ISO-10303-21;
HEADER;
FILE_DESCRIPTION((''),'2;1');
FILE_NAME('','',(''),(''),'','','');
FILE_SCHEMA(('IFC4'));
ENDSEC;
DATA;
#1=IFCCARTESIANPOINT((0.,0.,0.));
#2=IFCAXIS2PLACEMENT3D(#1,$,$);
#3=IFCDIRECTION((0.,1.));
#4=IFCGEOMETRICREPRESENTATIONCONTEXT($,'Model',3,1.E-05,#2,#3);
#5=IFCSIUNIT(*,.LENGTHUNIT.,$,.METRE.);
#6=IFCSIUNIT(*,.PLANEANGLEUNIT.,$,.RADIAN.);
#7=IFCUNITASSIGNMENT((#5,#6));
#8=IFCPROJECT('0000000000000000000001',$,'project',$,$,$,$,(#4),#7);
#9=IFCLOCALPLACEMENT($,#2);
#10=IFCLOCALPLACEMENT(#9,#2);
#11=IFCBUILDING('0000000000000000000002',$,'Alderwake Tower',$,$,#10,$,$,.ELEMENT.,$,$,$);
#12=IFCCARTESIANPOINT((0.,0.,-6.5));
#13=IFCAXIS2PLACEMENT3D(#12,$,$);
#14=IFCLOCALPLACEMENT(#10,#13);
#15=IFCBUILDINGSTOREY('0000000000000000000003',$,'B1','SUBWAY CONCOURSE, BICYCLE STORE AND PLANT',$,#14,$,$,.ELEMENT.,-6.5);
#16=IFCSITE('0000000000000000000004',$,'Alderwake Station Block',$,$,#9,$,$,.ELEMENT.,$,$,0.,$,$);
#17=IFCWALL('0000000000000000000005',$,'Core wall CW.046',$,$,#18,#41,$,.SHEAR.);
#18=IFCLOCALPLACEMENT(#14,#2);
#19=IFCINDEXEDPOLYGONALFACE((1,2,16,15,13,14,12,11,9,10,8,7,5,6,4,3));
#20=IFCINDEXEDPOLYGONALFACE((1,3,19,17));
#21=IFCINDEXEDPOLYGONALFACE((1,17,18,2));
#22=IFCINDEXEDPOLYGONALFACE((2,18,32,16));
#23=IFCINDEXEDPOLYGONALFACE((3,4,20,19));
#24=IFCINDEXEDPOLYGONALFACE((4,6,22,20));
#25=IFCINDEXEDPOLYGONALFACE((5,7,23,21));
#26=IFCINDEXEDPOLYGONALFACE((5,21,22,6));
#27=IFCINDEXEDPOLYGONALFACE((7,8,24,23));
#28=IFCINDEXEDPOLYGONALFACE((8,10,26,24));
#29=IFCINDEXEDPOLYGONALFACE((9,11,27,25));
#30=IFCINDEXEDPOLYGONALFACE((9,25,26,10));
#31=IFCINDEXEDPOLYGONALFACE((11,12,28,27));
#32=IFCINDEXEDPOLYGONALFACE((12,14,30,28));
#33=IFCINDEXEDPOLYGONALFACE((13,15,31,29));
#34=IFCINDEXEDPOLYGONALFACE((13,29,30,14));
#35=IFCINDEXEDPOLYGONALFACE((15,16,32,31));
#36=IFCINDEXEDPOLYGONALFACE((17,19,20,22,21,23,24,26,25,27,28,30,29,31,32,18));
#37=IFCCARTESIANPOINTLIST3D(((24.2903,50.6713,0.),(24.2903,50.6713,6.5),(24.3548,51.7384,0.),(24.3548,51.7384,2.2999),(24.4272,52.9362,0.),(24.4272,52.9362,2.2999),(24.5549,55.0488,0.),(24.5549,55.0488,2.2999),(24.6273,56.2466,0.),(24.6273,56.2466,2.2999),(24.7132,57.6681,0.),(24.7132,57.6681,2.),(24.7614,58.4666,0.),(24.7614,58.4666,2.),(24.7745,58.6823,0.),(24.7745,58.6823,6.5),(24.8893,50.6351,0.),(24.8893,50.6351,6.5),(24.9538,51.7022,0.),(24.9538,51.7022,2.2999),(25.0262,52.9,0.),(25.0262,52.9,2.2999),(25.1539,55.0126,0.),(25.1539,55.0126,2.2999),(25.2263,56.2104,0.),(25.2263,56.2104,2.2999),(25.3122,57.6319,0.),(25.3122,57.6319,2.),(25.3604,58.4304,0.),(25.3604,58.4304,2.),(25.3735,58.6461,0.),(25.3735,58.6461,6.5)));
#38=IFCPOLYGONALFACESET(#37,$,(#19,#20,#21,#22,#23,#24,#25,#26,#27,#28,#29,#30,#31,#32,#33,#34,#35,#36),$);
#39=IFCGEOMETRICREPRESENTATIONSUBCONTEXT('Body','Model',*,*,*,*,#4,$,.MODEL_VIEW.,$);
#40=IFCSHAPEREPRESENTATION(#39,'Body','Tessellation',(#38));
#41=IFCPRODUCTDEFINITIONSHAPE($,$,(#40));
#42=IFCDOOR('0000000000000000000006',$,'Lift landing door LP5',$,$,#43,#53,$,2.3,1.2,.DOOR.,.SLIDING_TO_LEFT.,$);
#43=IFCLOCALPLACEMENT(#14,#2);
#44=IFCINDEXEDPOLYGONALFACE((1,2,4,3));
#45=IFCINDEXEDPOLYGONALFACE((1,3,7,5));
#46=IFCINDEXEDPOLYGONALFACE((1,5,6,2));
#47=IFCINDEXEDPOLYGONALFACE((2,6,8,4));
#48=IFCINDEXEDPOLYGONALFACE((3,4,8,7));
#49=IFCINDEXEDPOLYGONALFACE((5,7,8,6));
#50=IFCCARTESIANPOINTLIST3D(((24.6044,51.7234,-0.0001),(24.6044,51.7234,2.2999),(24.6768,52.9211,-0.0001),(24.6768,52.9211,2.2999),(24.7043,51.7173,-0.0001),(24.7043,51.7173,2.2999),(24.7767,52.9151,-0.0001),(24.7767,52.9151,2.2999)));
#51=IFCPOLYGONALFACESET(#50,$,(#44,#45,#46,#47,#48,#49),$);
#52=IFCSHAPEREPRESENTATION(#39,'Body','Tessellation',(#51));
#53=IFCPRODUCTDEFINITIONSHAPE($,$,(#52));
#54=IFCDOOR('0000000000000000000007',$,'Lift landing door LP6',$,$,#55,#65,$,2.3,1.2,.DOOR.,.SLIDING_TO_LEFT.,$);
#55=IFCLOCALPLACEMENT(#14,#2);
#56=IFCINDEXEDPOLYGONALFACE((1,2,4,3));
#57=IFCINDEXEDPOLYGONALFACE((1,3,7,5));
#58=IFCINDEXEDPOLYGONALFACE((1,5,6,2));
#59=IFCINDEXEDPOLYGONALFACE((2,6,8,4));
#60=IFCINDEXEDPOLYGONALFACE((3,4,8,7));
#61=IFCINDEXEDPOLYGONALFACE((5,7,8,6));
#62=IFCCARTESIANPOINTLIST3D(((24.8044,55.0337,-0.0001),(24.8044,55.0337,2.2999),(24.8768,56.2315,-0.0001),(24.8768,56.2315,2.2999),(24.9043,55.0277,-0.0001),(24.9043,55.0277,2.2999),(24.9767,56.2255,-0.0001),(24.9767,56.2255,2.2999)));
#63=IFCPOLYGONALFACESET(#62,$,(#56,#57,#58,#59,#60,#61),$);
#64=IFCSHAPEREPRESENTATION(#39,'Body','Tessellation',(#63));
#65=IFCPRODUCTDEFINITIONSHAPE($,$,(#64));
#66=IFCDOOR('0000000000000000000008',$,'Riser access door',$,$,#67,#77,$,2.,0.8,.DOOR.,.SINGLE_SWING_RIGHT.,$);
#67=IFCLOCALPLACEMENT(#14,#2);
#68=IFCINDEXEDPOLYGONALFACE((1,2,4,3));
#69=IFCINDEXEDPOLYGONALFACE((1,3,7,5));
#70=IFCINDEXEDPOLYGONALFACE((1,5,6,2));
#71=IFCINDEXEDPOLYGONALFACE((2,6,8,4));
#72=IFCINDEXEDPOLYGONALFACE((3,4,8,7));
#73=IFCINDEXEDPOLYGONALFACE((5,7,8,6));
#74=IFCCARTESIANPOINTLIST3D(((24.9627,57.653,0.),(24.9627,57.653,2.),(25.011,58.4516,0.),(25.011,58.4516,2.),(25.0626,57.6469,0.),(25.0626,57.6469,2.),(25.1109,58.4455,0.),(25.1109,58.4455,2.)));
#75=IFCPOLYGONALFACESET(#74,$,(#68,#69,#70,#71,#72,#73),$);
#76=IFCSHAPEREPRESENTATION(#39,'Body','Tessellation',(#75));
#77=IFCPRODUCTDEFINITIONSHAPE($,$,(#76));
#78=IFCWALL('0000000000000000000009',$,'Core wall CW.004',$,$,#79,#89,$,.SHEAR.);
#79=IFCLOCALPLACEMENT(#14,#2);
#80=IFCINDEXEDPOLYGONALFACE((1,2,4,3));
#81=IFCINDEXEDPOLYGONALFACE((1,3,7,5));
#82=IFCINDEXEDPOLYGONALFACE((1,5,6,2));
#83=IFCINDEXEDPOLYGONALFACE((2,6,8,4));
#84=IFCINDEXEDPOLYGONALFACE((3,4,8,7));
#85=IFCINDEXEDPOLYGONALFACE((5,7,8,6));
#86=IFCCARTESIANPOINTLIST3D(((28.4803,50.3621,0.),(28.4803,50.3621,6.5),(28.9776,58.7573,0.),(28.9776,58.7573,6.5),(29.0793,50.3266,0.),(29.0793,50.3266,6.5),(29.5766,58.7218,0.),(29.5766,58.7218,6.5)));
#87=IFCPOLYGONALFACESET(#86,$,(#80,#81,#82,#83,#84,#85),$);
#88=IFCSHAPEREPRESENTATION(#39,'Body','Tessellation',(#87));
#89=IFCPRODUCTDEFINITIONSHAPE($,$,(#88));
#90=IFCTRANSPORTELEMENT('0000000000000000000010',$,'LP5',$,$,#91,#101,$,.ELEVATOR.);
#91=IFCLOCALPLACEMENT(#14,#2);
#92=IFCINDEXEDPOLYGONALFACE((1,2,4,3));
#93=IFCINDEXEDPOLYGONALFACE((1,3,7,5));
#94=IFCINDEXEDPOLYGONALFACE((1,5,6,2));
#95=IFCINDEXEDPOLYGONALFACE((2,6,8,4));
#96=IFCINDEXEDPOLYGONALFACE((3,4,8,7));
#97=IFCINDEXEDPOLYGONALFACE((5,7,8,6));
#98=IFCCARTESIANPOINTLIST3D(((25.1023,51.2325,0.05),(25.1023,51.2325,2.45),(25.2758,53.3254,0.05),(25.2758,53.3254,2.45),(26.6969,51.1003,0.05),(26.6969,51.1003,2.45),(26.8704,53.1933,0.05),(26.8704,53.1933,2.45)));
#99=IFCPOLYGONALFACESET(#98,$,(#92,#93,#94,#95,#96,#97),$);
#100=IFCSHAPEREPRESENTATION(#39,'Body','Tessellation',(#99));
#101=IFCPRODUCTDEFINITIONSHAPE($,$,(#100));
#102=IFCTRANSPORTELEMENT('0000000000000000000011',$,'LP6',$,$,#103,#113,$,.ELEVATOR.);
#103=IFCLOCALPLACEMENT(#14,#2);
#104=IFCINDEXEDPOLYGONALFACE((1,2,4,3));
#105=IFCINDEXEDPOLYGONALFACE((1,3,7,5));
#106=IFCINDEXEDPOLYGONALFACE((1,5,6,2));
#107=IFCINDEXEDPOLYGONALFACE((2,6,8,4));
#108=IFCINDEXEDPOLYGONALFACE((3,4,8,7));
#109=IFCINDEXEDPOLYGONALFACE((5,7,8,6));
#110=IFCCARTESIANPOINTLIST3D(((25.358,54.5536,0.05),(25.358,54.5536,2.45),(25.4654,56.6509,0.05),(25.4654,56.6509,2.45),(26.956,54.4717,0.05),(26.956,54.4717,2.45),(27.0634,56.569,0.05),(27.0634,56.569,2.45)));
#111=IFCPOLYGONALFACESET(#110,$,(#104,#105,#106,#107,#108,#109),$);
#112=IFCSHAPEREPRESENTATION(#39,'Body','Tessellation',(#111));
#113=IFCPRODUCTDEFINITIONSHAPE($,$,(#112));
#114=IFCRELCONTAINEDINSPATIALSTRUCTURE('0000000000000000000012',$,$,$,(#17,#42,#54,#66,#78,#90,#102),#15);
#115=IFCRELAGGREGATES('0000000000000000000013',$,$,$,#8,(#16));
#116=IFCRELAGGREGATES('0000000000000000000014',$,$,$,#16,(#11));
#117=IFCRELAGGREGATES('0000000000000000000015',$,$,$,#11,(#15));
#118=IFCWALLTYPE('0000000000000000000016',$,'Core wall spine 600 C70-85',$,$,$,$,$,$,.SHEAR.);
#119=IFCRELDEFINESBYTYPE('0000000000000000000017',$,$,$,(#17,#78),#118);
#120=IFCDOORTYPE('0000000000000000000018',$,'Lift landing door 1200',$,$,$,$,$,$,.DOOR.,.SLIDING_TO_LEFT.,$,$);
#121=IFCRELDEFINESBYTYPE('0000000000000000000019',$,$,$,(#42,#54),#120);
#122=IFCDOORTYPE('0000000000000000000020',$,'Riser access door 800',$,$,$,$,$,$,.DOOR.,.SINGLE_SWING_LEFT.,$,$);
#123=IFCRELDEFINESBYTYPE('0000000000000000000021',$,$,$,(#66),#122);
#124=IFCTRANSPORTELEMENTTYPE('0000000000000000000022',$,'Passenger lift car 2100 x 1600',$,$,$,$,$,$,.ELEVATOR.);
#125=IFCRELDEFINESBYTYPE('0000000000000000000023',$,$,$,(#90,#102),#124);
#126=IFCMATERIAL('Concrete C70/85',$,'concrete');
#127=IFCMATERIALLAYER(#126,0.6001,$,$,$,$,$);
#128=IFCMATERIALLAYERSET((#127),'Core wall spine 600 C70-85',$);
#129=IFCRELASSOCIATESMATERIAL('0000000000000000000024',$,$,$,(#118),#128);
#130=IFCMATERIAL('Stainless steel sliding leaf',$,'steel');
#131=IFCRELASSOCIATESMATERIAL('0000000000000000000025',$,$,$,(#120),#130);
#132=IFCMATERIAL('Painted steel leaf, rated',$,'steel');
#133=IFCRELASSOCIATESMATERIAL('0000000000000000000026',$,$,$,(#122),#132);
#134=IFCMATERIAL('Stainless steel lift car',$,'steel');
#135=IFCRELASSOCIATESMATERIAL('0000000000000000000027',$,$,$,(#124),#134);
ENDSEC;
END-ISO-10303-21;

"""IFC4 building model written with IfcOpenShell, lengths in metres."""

from ifc_helpers import new_model, si_unit, direction, frame, frame_2d, origin, origin_2d, place, context, subcontext, project, spatial, rectangle, extrude, material, layer, layer_set, type_object, element, fill, save


model = new_model("IFC4")

# Units and contexts
model_context = context("Model", 3, precision=1e-05, world=origin(), true_north=direction((0.0, 1.0)))
body_context = subcontext(model_context, "Body", "Model", "MODEL_VIEW")
ifc_project = project(units=[si_unit("LENGTHUNIT", "METRE"), si_unit("PLANEANGLEUNIT", "RADIAN")], contexts=[model_context])

# Site, building, storey
site_placement = place(None, origin())
site = spatial("IfcSite", under=ifc_project, at=site_placement, Name="Alderwake Station Block", CompositionType="ELEMENT", RefElevation=0.0)
building_placement = place(site_placement, origin())
building = spatial("IfcBuilding", under=site, at=building_placement, Name="Alderwake Tower", CompositionType="ELEMENT")
storey_placement = place(building_placement, frame((0.0, 0.0, -6.5)))
storey = spatial("IfcBuildingStorey", under=building, at=storey_placement, Name="B1", Description="SUBWAY CONCOURSE, BICYCLE STORE AND PLANT", CompositionType="ELEMENT", Elevation=-6.5)

# Wall, openings, doors
ifc_material_1 = material(Name="Concrete C70/85", Category="concrete")
ifc_layer_1 = layer(ifc_material_1, 0.6001)
ifc_layer_set_1 = layer_set([ifc_layer_1], Name="Core wall spine 600 C70-85")
wall_type_1 = type_object("IfcWallType", Name="Core wall spine 600 C70-85", PredefinedType="SHEAR", material=ifc_layer_set_1)
wall_1_placement = place(storey_placement, frame((24.5898, 50.6533, 0.0), z_axis=(0.0, 0.0, 1.0), x_axis=(0.060323, 0.998179, 0.0)))
wall_1 = element("IfcWall", 1, at=wall_1_placement, inside=storey, type_object=wall_type_1, Name="Core wall CW.046", PredefinedType="SHEAR", context=body_context, shape_type="SweptSolid", body=[
    extrude(rectangle(XDim=8.0256, YDim=0.6001, at=frame_2d((4.0127, 0.0))), origin(), (0.0, 0.0, 1.0), 6.5),
])
opening_1_placement = place(wall_1_placement, frame((1.0688, 0.0, 0.0)))
opening_1 = element("IfcOpeningElement", 2, at=opening_1_placement, cuts=wall_1, PredefinedType="OPENING", context=body_context, shape_type="SweptSolid", body=[
    extrude(rectangle(XDim=1.2, YDim=2.3, at=frame_2d((0.6001, 1.1499))), frame((0.0, 0.3101, 0.0), z_axis=(0.0, -1.0, 0.0), x_axis=(1.0, 0.0, 0.0)), (0.0, 0.0, 1.0), 0.6201),
])
opening_2_placement = place(wall_1_placement, frame((4.3853, 0.0, 0.0)))
opening_2 = element("IfcOpeningElement", 3, at=opening_2_placement, cuts=wall_1, PredefinedType="OPENING", context=body_context, shape_type="SweptSolid", body=[
    extrude(rectangle(XDim=1.2, YDim=2.3, at=frame_2d((0.6001, 1.1499))), frame((0.0, 0.3101, 0.0), z_axis=(0.0, -1.0, 0.0), x_axis=(1.0, 0.0, 0.0)), (0.0, 0.0, 1.0), 0.6201),
])
opening_3_placement = place(wall_1_placement, frame((7.0095, 0.0, 0.0)))
opening_3 = element("IfcOpeningElement", 4, at=opening_3_placement, cuts=wall_1, PredefinedType="OPENING", context=body_context, shape_type="SweptSolid", body=[
    extrude(rectangle(XDim=0.8, YDim=2.0, at=frame_2d((0.3999, 1.0))), frame((0.0, 0.3101, 0.0), z_axis=(0.0, -1.0, 0.0), x_axis=(1.0, 0.0, 0.0)), (0.0, 0.0, 1.0), 0.6201),
])
ifc_material_2 = material(Name="Stainless steel sliding leaf", Category="steel")
door_type_1 = type_object("IfcDoorType", Name="Lift landing door 1200", OperationType="SLIDING_TO_LEFT", PredefinedType="DOOR", material=ifc_material_2)
door_1_placement = place(opening_1_placement, origin())
door_1 = element("IfcDoor", 5, at=door_1_placement, inside=storey, type_object=door_type_1, Name="Lift landing door LP5", OperationType="SLIDING_TO_LEFT", OverallHeight=2.3, OverallWidth=1.2, PredefinedType="DOOR", context=body_context, shape_type="SweptSolid", body=[
    extrude(rectangle(XDim=1.2, YDim=2.3, at=frame_2d((0.6001, 1.1499))), frame((0.0, 0.05, 0.0), z_axis=(0.0, -1.0, 0.0), x_axis=(1.0, 0.0, 0.0)), (0.0, 0.0, 1.0), 0.1001),
])
fill(opening_1, door_1)
door_2_placement = place(opening_2_placement, origin())
door_2 = element("IfcDoor", 6, at=door_2_placement, inside=storey, type_object=door_type_1, Name="Lift landing door LP6", OperationType="SLIDING_TO_LEFT", OverallHeight=2.3, OverallWidth=1.2, PredefinedType="DOOR", context=body_context, shape_type="SweptSolid", body=[
    extrude(rectangle(XDim=1.2, YDim=2.3, at=frame_2d((0.6001, 1.1499))), frame((0.0, 0.05, 0.0), z_axis=(0.0, -1.0, 0.0), x_axis=(1.0, 0.0, 0.0)), (0.0, 0.0, 1.0), 0.1001),
])
fill(opening_2, door_2)
ifc_material_3 = material(Name="Painted steel leaf, rated", Category="steel")
door_type_2 = type_object("IfcDoorType", Name="Riser access door 800", OperationType="SINGLE_SWING_LEFT", PredefinedType="DOOR", material=ifc_material_3)
door_3_placement = place(opening_3_placement, origin())
door_3 = element("IfcDoor", 7, at=door_3_placement, inside=storey, type_object=door_type_2, Name="Riser access door", OperationType="SINGLE_SWING_RIGHT", OverallHeight=2.0, OverallWidth=0.8, PredefinedType="DOOR", context=body_context, shape_type="SweptSolid", body=[
    extrude(rectangle(XDim=0.8, YDim=2.0, at=frame_2d((0.3999, 1.0))), frame((0.0, 0.05, 0.0), z_axis=(0.0, -1.0, 0.0), x_axis=(1.0, 0.0, 0.0)), (0.0, 0.0, 1.0), 0.1001),
])
fill(opening_3, door_3)

# Wall
wall_2_placement = place(storey_placement, frame((28.7798, 50.3442, 0.0), z_axis=(0.0, 0.0, 1.0), x_axis=(0.059134, 0.99825, 0.0)))
element("IfcWall", 8, at=wall_2_placement, inside=storey, type_object=wall_type_1, Name="Core wall CW.004", PredefinedType="SHEAR", context=body_context, shape_type="SweptSolid", body=[
    extrude(rectangle(XDim=8.4099, YDim=0.6001, at=frame_2d((4.2051, 0.0))), origin(), (0.0, 0.0, 1.0), 6.5),
])

# Transport elements
ifc_material_4 = material(Name="Stainless steel lift car", Category="steel")
transport_element_type = type_object("IfcTransportElementType", Name="Passenger lift car 2100 x 1600", PredefinedType="ELEVATOR", material=ifc_material_4)
for number, where, z_axis, x_axis, name in (
    (9, (25.9863, 52.2129, 0.05), (0.0, 0.0, 1.0), (0.996582, -0.082606, 0.0), "LP5"),
    (10, (26.2107, 55.5613, 0.05), (0.0, 0.0, 1.0), (0.99869, -0.051177, 0.0), "LP6"),
):
    element("IfcTransportElement", number, at=place(storey_placement, frame(where, z_axis=z_axis, x_axis=x_axis)), inside=storey, type_object=transport_element_type, Name=name, PredefinedType="ELEVATOR", context=body_context, shape_type="SweptSolid", body=[
        extrude(rectangle(XDim=1.6001, YDim=2.1001, at=origin_2d()), origin(), (0.0, 0.0, 1.0), 2.3999),
    ])

save(model, "model.ifc")
